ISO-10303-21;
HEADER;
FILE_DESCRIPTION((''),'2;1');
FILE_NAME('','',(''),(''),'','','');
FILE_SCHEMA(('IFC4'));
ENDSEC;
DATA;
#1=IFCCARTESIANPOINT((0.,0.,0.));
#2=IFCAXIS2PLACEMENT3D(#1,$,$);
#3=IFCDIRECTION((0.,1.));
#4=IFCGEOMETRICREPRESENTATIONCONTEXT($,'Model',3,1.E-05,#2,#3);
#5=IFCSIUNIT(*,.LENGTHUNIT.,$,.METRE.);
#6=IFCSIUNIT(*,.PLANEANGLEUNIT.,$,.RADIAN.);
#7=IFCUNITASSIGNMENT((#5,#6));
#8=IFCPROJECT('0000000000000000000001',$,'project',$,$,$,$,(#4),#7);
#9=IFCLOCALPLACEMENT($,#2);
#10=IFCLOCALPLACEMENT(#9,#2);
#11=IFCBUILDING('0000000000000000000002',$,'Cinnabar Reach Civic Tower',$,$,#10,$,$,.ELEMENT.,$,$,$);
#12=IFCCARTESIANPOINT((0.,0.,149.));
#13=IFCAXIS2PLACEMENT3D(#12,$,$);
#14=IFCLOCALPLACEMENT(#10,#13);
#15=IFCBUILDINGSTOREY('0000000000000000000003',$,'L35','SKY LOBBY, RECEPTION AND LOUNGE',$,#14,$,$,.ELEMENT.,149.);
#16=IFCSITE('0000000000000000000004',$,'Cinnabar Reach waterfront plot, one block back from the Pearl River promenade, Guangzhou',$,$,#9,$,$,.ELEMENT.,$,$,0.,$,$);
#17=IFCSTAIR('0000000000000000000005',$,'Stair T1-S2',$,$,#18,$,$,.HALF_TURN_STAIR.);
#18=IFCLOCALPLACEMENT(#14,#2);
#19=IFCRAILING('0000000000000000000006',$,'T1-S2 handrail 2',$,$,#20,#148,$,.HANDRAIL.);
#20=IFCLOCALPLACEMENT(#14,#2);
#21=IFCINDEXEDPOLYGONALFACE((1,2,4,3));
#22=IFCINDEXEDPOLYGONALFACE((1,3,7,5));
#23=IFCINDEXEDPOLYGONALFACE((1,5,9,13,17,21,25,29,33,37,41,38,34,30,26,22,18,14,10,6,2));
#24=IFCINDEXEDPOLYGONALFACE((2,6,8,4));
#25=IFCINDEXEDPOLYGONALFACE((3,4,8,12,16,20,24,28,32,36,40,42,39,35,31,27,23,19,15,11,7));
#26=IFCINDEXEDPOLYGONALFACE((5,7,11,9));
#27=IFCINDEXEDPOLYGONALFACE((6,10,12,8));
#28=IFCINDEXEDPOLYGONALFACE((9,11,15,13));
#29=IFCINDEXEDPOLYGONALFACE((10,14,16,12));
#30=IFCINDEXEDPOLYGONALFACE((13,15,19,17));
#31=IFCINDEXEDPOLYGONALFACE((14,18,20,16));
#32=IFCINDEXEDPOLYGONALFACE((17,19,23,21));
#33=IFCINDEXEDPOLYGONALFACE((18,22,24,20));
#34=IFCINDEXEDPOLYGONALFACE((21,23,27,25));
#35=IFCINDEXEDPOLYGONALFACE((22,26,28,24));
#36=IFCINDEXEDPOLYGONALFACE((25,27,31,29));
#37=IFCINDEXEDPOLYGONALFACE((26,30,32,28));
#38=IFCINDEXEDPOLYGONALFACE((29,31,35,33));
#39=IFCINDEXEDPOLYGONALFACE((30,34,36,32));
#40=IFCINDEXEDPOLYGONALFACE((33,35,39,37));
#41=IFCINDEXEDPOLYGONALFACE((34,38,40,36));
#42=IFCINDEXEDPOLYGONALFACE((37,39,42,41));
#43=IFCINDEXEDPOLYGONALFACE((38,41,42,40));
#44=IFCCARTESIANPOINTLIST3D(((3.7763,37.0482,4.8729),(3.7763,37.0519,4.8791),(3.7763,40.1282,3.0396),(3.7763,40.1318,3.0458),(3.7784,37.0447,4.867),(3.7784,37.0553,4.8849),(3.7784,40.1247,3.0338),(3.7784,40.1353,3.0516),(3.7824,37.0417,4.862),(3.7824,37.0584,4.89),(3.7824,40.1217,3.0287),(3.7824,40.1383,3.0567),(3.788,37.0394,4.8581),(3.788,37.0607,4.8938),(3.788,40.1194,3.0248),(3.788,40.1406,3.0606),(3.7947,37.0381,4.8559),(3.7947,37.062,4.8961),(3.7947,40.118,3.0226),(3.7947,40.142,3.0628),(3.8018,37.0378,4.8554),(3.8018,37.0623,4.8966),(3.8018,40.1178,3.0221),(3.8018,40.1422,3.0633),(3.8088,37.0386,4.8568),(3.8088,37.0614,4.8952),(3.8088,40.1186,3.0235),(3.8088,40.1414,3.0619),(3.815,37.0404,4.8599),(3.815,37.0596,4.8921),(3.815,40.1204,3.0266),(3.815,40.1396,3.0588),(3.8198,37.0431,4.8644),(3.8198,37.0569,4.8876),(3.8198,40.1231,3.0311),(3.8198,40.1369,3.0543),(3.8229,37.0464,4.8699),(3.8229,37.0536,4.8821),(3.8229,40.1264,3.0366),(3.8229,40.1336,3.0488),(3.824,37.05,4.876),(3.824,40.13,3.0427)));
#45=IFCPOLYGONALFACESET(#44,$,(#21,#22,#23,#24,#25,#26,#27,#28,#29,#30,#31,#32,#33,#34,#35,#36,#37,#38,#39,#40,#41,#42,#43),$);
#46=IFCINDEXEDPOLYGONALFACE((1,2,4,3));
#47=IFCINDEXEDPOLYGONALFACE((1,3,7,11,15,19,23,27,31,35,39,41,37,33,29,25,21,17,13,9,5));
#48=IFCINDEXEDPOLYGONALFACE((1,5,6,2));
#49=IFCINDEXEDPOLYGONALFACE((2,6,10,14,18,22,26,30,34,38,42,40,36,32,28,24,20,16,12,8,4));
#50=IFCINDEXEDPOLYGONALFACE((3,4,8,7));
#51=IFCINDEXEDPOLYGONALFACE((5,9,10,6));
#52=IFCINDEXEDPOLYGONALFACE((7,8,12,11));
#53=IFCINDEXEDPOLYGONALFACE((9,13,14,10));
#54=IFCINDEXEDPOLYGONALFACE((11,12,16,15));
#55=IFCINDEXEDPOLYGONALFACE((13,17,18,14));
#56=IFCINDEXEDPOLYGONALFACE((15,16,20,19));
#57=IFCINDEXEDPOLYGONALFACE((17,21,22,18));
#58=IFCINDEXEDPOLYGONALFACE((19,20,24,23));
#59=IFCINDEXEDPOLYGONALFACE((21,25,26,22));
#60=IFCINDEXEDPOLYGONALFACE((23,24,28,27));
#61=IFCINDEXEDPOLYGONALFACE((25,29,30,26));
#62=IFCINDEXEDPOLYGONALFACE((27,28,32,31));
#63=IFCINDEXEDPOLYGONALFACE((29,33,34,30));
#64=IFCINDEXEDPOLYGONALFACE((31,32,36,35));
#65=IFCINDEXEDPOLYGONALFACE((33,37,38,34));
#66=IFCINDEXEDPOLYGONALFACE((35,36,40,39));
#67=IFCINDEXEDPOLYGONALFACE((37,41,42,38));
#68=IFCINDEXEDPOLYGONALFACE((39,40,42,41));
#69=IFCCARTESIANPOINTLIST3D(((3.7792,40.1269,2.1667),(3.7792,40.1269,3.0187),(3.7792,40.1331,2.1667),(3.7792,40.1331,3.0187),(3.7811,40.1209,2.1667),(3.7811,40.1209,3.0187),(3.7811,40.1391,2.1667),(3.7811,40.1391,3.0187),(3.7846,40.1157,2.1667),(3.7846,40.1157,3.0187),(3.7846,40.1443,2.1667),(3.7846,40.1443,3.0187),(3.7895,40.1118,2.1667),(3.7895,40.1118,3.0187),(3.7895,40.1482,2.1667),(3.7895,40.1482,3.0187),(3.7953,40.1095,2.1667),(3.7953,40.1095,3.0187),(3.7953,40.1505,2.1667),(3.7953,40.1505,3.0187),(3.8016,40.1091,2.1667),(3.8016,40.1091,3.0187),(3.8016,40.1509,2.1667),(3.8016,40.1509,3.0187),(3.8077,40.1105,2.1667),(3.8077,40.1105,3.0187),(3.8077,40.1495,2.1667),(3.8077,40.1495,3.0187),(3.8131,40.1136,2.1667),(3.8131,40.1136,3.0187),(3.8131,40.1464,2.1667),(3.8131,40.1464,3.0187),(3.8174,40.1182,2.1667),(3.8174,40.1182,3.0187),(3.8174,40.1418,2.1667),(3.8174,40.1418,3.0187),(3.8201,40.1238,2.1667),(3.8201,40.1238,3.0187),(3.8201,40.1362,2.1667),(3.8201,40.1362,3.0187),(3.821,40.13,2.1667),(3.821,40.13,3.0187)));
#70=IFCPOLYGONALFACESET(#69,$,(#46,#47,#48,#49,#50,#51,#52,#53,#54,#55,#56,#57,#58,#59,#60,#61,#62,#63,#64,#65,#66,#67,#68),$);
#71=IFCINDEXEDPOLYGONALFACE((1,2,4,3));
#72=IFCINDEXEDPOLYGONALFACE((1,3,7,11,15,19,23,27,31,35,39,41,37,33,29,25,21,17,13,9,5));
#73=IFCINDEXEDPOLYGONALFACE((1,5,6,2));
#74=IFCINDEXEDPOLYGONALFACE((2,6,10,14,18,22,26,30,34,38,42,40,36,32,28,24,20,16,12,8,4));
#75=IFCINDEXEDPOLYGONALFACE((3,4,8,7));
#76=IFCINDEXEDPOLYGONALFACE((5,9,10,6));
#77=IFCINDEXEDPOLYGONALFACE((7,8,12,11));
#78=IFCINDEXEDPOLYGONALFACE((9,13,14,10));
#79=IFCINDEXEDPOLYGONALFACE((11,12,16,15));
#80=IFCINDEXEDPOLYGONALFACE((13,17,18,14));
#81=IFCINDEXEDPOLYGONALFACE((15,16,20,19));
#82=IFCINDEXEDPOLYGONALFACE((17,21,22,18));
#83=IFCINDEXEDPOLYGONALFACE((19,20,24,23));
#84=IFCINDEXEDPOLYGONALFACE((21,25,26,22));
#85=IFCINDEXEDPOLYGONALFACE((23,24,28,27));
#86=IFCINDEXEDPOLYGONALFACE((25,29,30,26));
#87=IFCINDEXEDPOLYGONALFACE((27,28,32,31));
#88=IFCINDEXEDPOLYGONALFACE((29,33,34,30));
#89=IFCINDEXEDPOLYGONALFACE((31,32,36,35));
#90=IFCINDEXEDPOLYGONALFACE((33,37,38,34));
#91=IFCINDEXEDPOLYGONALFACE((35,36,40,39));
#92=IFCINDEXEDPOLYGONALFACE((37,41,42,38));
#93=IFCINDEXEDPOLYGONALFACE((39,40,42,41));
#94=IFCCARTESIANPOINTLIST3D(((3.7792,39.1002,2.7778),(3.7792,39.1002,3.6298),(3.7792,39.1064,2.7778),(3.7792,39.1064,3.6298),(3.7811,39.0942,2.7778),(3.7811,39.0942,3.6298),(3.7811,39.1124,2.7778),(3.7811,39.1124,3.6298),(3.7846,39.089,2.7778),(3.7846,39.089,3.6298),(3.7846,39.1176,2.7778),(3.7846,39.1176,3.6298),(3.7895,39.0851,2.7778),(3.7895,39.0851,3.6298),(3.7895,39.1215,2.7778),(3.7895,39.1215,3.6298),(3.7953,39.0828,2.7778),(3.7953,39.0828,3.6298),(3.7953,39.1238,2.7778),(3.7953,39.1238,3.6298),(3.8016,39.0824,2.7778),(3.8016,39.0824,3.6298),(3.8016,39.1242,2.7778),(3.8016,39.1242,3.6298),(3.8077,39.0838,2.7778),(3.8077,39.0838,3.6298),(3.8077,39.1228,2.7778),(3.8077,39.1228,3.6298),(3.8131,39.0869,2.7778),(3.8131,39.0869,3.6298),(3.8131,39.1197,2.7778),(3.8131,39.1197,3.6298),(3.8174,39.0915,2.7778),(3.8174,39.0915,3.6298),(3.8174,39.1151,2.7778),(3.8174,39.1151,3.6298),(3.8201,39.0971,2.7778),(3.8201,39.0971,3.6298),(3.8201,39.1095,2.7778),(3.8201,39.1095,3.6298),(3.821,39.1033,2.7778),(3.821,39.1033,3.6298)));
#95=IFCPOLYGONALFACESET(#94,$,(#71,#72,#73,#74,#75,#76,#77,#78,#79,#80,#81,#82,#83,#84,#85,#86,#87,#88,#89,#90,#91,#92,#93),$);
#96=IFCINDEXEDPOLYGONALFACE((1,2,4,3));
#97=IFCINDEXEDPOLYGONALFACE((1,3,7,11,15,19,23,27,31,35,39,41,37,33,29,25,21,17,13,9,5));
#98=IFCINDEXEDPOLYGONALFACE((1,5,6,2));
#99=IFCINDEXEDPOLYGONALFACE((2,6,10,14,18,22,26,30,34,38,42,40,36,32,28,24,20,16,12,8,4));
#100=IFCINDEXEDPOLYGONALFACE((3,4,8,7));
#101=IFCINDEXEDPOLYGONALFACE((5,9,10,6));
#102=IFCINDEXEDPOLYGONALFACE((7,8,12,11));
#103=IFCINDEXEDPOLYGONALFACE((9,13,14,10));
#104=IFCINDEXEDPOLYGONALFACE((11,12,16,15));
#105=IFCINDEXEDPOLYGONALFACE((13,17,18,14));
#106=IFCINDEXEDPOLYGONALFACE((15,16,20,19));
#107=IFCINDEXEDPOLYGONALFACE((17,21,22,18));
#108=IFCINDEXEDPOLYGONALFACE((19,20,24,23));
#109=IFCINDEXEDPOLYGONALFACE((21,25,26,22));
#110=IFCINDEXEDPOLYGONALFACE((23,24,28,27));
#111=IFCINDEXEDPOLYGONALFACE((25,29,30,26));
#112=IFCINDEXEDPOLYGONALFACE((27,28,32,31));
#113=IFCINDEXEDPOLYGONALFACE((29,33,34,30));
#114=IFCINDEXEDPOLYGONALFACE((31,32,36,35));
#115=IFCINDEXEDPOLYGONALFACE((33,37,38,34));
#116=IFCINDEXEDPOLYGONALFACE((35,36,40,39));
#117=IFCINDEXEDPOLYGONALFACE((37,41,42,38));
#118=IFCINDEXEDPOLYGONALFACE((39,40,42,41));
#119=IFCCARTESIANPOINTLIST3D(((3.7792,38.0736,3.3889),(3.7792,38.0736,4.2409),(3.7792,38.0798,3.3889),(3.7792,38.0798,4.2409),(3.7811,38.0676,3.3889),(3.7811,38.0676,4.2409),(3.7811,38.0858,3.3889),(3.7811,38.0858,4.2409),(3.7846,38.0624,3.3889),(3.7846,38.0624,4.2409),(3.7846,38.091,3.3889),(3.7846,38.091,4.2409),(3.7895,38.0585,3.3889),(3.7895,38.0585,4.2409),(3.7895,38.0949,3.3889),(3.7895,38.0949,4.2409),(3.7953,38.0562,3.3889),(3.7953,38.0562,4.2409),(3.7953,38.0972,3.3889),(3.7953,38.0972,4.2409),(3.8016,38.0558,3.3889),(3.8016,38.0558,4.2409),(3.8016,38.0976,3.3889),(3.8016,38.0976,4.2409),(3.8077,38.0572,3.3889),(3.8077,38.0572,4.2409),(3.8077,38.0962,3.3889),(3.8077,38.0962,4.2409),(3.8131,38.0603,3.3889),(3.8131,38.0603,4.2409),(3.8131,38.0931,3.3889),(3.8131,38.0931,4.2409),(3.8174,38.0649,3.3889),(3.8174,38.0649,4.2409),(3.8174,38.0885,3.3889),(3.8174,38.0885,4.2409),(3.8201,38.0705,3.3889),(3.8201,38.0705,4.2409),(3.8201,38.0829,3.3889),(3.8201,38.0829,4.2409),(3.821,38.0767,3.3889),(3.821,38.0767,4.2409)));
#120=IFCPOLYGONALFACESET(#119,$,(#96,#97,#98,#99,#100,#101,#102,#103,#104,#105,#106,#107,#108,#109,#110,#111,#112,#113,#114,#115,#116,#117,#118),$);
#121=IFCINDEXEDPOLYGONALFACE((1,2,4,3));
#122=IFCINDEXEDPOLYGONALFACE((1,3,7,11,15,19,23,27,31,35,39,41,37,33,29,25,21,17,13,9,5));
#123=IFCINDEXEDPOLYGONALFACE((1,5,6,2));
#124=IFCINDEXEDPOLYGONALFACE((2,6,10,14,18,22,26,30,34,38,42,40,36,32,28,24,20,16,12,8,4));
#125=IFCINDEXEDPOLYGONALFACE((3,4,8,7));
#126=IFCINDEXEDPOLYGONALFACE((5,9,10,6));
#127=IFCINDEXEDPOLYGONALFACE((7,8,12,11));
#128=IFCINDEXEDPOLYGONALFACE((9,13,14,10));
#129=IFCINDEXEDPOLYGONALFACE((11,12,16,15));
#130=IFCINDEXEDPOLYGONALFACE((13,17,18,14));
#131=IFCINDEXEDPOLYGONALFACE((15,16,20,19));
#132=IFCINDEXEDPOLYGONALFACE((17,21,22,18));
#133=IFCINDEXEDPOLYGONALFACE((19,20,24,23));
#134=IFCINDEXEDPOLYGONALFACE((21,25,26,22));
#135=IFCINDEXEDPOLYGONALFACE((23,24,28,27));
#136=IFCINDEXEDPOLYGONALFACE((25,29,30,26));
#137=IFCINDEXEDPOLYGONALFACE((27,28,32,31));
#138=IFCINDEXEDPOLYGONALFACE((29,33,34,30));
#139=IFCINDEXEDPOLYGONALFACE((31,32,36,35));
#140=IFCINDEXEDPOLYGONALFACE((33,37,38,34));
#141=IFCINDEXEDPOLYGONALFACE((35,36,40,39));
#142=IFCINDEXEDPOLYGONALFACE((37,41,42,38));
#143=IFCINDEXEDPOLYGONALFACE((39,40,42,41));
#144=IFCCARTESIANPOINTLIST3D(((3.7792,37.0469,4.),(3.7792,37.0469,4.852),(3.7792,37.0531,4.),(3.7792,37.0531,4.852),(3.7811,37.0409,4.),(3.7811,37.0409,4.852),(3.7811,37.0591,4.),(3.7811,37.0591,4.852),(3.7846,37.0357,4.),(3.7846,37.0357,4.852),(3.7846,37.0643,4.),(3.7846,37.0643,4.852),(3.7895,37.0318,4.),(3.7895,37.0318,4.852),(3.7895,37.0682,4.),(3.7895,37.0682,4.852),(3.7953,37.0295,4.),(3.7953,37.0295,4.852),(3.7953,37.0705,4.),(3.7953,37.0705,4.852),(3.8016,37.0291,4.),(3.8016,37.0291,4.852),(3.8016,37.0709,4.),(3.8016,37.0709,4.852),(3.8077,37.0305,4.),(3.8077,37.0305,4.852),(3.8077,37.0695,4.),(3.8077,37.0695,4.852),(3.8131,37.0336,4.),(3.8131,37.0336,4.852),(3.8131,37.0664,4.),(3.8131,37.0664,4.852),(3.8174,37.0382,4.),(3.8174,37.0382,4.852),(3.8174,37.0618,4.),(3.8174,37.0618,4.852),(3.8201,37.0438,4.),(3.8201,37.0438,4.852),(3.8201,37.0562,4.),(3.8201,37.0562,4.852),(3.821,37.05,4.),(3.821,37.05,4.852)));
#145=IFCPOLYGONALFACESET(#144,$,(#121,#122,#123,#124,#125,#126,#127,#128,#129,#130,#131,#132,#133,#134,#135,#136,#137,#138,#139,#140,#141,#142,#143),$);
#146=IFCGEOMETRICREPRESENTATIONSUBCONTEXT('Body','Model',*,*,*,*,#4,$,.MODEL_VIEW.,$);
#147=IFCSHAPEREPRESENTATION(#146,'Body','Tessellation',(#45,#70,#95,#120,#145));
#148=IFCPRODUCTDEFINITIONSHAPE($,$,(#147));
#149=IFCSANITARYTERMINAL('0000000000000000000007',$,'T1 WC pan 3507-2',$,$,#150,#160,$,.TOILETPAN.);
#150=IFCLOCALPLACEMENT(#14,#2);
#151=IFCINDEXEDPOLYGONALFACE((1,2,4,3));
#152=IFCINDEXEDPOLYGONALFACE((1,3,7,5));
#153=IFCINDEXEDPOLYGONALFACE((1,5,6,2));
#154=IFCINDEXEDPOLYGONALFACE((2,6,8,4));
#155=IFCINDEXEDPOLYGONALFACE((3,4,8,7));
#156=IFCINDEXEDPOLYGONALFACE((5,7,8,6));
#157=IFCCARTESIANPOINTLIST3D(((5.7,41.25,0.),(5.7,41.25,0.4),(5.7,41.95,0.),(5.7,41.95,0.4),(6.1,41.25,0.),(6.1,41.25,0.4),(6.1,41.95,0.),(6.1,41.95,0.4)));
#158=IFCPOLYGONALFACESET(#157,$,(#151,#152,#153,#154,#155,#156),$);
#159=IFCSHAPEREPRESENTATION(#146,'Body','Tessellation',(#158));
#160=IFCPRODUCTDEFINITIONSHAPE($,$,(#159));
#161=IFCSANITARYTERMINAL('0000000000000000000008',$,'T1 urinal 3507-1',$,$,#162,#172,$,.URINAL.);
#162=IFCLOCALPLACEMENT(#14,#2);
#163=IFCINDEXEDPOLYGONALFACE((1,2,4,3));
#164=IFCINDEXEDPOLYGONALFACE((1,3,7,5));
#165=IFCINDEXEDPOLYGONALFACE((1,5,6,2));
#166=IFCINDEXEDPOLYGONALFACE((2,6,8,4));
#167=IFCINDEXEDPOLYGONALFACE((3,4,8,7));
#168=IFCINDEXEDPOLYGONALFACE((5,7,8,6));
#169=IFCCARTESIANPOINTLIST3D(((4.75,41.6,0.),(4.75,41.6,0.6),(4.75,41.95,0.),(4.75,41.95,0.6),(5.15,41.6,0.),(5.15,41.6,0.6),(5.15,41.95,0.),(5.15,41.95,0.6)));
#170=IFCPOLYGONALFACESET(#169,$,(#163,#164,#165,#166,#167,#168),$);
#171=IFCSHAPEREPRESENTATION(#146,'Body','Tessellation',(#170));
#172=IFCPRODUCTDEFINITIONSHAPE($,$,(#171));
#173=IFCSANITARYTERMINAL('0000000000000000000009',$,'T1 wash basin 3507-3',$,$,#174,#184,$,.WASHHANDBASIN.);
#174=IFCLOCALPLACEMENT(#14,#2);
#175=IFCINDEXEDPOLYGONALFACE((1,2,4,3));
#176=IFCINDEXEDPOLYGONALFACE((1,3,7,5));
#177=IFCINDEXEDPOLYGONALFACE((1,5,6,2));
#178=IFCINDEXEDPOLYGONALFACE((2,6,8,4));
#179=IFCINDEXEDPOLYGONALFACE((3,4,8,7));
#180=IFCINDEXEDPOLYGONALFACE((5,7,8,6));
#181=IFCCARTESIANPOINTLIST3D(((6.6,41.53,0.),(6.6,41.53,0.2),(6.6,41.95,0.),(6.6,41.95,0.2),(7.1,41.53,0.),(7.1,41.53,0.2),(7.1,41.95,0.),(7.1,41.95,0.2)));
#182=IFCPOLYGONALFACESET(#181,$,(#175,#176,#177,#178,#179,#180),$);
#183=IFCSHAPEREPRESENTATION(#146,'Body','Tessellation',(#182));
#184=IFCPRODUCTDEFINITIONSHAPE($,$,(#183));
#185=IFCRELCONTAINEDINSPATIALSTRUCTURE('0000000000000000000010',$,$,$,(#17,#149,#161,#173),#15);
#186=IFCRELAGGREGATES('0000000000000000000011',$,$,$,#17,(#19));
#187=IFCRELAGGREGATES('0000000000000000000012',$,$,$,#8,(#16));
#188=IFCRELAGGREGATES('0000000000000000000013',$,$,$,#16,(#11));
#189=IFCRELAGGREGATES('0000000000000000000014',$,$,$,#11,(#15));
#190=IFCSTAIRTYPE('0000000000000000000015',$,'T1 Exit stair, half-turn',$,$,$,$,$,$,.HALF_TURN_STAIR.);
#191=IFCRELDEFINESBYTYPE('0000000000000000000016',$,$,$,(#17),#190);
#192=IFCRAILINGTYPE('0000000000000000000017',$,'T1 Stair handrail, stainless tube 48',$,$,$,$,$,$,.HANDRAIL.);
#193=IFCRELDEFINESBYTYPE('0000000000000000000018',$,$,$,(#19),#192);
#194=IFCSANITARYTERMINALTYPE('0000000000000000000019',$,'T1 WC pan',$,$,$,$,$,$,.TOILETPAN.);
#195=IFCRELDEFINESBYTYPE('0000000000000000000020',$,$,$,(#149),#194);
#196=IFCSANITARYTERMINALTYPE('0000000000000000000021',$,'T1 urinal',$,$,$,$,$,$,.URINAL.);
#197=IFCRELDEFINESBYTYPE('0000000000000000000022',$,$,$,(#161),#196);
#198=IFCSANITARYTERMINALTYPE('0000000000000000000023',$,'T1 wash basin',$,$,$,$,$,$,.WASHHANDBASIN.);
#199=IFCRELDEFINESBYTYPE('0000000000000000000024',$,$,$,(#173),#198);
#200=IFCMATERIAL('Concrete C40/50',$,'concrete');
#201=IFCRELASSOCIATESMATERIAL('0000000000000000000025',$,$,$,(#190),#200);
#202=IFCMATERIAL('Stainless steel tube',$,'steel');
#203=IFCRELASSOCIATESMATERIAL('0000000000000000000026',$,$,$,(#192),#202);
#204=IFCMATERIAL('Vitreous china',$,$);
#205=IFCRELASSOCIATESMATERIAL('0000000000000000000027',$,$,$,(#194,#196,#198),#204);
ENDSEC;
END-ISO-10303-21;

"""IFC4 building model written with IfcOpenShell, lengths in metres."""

from ifc_helpers import new_model, si_unit, direction, frame, origin, origin_2d, place, context, subcontext, project, spatial, rectangle, circle, extrude, material, type_object, element, aggregate, save


model = new_model("IFC4")

# Units and contexts
model_context = context("Model", 3, precision=1e-05, world=origin(), true_north=direction((0.0, 1.0)))
body_context = subcontext(model_context, "Body", "Model", "MODEL_VIEW")
ifc_project = project(units=[si_unit("LENGTHUNIT", "METRE"), si_unit("PLANEANGLEUNIT", "RADIAN")], contexts=[model_context])

# Site, building, storey
site_placement = place(None, origin())
site = spatial("IfcSite", under=ifc_project, at=site_placement, Name="Cinnabar Reach waterfront plot, one block back from the Pearl River promenade, Guangzhou", CompositionType="ELEMENT", RefElevation=0.0)
building_placement = place(site_placement, origin())
building = spatial("IfcBuilding", under=site, at=building_placement, Name="Cinnabar Reach Civic Tower", CompositionType="ELEMENT")
storey_placement = place(building_placement, frame((0.0, 0.0, 149.0)))
storey = spatial("IfcBuildingStorey", under=building, at=storey_placement, Name="L35", Description="SKY LOBBY, RECEPTION AND LOUNGE", CompositionType="ELEMENT", Elevation=149.0)

# Shared definitions
ifc_material_1 = material(Name="Concrete C40/50", Category="concrete")

# Stair, railing
stair_type = type_object("IfcStairType", Name="T1 Exit stair, half-turn", PredefinedType="HALF_TURN_STAIR", material=ifc_material_1)
stair_placement = place(storey_placement, origin())
stair = element("IfcStair", 1, at=stair_placement, inside=storey, type_object=stair_type, Name="Stair T1-S2", PredefinedType="HALF_TURN_STAIR")
ifc_material_2 = material(Name="Stainless steel tube", Category="steel")
railing_type = type_object("IfcRailingType", Name="T1 Stair handrail, stainless tube 48", PredefinedType="HANDRAIL", material=ifc_material_2)
railing_1_placement = place(storey_placement, frame((3.8, 40.13, 2.1667)))
railing_1 = element("IfcRailing", 2, at=railing_1_placement, type_object=railing_type, Name="T1-S2 handrail 2", PredefinedType="HANDRAIL", context=body_context, shape_type="SweptSolid", body=[
    extrude(circle(Radius=0.024, at=origin_2d()), frame((0.0, 0.0, 0.876), z_axis=(0.0, -0.859297, 0.511477), x_axis=(1.0, 0.0, 0.0)), (0.0, 0.0, 1.0), 3.5843),
    extrude(circle(Radius=0.021, at=origin_2d()), origin(), (0.0, 0.0, 1.0), 0.852),
    extrude(circle(Radius=0.021, at=origin_2d()), frame((0.0, -1.0267, 0.6111)), (0.0, 0.0, 1.0), 0.852),
    extrude(circle(Radius=0.021, at=origin_2d()), frame((0.0, -2.0533, 1.2222)), (0.0, 0.0, 1.0), 0.852),
    extrude(circle(Radius=0.021, at=origin_2d()), frame((0.0, -3.08, 1.8333)), (0.0, 0.0, 1.0), 0.852),
])
aggregate(stair, [railing_1])

# Sanitary terminals
ifc_material_3 = material(Name="Vitreous china")
sanitary_terminal_type_1 = type_object("IfcSanitaryTerminalType", Name="T1 WC pan", PredefinedType="TOILETPAN", material=ifc_material_3)
sanitary_terminal_1_placement = place(storey_placement, frame((5.9, 41.6, 0.0), z_axis=(0.0, 0.0, 1.0), x_axis=(1.0, 0.0, 0.0)))
element("IfcSanitaryTerminal", 3, at=sanitary_terminal_1_placement, inside=storey, type_object=sanitary_terminal_type_1, Name="T1 WC pan 3507-2", PredefinedType="TOILETPAN", context=body_context, shape_type="SweptSolid", body=[
    extrude(rectangle(XDim=0.4, YDim=0.7, at=origin_2d()), origin(), (0.0, 0.0, 1.0), 0.4),
])
sanitary_terminal_type_2 = type_object("IfcSanitaryTerminalType", Name="T1 urinal", PredefinedType="URINAL", material=ifc_material_3)
sanitary_terminal_2_placement = place(storey_placement, frame((4.95, 41.775, 0.0), z_axis=(0.0, 0.0, 1.0), x_axis=(1.0, 0.0, 0.0)))
element("IfcSanitaryTerminal", 4, at=sanitary_terminal_2_placement, inside=storey, type_object=sanitary_terminal_type_2, Name="T1 urinal 3507-1", PredefinedType="URINAL", context=body_context, shape_type="SweptSolid", body=[
    extrude(rectangle(XDim=0.4, YDim=0.35, at=origin_2d()), origin(), (0.0, 0.0, 1.0), 0.6),
])
sanitary_terminal_type_3 = type_object("IfcSanitaryTerminalType", Name="T1 wash basin", PredefinedType="WASHHANDBASIN", material=ifc_material_3)
sanitary_terminal_3_placement = place(storey_placement, frame((6.85, 41.74, 0.0), z_axis=(0.0, 0.0, 1.0), x_axis=(1.0, 0.0, 0.0)))
element("IfcSanitaryTerminal", 5, at=sanitary_terminal_3_placement, inside=storey, type_object=sanitary_terminal_type_3, Name="T1 wash basin 3507-3", PredefinedType="WASHHANDBASIN", context=body_context, shape_type="SweptSolid", body=[
    extrude(rectangle(XDim=0.5, YDim=0.42, at=origin_2d()), origin(), (0.0, 0.0, 1.0), 0.2),
])

save(model, "model.ifc")
